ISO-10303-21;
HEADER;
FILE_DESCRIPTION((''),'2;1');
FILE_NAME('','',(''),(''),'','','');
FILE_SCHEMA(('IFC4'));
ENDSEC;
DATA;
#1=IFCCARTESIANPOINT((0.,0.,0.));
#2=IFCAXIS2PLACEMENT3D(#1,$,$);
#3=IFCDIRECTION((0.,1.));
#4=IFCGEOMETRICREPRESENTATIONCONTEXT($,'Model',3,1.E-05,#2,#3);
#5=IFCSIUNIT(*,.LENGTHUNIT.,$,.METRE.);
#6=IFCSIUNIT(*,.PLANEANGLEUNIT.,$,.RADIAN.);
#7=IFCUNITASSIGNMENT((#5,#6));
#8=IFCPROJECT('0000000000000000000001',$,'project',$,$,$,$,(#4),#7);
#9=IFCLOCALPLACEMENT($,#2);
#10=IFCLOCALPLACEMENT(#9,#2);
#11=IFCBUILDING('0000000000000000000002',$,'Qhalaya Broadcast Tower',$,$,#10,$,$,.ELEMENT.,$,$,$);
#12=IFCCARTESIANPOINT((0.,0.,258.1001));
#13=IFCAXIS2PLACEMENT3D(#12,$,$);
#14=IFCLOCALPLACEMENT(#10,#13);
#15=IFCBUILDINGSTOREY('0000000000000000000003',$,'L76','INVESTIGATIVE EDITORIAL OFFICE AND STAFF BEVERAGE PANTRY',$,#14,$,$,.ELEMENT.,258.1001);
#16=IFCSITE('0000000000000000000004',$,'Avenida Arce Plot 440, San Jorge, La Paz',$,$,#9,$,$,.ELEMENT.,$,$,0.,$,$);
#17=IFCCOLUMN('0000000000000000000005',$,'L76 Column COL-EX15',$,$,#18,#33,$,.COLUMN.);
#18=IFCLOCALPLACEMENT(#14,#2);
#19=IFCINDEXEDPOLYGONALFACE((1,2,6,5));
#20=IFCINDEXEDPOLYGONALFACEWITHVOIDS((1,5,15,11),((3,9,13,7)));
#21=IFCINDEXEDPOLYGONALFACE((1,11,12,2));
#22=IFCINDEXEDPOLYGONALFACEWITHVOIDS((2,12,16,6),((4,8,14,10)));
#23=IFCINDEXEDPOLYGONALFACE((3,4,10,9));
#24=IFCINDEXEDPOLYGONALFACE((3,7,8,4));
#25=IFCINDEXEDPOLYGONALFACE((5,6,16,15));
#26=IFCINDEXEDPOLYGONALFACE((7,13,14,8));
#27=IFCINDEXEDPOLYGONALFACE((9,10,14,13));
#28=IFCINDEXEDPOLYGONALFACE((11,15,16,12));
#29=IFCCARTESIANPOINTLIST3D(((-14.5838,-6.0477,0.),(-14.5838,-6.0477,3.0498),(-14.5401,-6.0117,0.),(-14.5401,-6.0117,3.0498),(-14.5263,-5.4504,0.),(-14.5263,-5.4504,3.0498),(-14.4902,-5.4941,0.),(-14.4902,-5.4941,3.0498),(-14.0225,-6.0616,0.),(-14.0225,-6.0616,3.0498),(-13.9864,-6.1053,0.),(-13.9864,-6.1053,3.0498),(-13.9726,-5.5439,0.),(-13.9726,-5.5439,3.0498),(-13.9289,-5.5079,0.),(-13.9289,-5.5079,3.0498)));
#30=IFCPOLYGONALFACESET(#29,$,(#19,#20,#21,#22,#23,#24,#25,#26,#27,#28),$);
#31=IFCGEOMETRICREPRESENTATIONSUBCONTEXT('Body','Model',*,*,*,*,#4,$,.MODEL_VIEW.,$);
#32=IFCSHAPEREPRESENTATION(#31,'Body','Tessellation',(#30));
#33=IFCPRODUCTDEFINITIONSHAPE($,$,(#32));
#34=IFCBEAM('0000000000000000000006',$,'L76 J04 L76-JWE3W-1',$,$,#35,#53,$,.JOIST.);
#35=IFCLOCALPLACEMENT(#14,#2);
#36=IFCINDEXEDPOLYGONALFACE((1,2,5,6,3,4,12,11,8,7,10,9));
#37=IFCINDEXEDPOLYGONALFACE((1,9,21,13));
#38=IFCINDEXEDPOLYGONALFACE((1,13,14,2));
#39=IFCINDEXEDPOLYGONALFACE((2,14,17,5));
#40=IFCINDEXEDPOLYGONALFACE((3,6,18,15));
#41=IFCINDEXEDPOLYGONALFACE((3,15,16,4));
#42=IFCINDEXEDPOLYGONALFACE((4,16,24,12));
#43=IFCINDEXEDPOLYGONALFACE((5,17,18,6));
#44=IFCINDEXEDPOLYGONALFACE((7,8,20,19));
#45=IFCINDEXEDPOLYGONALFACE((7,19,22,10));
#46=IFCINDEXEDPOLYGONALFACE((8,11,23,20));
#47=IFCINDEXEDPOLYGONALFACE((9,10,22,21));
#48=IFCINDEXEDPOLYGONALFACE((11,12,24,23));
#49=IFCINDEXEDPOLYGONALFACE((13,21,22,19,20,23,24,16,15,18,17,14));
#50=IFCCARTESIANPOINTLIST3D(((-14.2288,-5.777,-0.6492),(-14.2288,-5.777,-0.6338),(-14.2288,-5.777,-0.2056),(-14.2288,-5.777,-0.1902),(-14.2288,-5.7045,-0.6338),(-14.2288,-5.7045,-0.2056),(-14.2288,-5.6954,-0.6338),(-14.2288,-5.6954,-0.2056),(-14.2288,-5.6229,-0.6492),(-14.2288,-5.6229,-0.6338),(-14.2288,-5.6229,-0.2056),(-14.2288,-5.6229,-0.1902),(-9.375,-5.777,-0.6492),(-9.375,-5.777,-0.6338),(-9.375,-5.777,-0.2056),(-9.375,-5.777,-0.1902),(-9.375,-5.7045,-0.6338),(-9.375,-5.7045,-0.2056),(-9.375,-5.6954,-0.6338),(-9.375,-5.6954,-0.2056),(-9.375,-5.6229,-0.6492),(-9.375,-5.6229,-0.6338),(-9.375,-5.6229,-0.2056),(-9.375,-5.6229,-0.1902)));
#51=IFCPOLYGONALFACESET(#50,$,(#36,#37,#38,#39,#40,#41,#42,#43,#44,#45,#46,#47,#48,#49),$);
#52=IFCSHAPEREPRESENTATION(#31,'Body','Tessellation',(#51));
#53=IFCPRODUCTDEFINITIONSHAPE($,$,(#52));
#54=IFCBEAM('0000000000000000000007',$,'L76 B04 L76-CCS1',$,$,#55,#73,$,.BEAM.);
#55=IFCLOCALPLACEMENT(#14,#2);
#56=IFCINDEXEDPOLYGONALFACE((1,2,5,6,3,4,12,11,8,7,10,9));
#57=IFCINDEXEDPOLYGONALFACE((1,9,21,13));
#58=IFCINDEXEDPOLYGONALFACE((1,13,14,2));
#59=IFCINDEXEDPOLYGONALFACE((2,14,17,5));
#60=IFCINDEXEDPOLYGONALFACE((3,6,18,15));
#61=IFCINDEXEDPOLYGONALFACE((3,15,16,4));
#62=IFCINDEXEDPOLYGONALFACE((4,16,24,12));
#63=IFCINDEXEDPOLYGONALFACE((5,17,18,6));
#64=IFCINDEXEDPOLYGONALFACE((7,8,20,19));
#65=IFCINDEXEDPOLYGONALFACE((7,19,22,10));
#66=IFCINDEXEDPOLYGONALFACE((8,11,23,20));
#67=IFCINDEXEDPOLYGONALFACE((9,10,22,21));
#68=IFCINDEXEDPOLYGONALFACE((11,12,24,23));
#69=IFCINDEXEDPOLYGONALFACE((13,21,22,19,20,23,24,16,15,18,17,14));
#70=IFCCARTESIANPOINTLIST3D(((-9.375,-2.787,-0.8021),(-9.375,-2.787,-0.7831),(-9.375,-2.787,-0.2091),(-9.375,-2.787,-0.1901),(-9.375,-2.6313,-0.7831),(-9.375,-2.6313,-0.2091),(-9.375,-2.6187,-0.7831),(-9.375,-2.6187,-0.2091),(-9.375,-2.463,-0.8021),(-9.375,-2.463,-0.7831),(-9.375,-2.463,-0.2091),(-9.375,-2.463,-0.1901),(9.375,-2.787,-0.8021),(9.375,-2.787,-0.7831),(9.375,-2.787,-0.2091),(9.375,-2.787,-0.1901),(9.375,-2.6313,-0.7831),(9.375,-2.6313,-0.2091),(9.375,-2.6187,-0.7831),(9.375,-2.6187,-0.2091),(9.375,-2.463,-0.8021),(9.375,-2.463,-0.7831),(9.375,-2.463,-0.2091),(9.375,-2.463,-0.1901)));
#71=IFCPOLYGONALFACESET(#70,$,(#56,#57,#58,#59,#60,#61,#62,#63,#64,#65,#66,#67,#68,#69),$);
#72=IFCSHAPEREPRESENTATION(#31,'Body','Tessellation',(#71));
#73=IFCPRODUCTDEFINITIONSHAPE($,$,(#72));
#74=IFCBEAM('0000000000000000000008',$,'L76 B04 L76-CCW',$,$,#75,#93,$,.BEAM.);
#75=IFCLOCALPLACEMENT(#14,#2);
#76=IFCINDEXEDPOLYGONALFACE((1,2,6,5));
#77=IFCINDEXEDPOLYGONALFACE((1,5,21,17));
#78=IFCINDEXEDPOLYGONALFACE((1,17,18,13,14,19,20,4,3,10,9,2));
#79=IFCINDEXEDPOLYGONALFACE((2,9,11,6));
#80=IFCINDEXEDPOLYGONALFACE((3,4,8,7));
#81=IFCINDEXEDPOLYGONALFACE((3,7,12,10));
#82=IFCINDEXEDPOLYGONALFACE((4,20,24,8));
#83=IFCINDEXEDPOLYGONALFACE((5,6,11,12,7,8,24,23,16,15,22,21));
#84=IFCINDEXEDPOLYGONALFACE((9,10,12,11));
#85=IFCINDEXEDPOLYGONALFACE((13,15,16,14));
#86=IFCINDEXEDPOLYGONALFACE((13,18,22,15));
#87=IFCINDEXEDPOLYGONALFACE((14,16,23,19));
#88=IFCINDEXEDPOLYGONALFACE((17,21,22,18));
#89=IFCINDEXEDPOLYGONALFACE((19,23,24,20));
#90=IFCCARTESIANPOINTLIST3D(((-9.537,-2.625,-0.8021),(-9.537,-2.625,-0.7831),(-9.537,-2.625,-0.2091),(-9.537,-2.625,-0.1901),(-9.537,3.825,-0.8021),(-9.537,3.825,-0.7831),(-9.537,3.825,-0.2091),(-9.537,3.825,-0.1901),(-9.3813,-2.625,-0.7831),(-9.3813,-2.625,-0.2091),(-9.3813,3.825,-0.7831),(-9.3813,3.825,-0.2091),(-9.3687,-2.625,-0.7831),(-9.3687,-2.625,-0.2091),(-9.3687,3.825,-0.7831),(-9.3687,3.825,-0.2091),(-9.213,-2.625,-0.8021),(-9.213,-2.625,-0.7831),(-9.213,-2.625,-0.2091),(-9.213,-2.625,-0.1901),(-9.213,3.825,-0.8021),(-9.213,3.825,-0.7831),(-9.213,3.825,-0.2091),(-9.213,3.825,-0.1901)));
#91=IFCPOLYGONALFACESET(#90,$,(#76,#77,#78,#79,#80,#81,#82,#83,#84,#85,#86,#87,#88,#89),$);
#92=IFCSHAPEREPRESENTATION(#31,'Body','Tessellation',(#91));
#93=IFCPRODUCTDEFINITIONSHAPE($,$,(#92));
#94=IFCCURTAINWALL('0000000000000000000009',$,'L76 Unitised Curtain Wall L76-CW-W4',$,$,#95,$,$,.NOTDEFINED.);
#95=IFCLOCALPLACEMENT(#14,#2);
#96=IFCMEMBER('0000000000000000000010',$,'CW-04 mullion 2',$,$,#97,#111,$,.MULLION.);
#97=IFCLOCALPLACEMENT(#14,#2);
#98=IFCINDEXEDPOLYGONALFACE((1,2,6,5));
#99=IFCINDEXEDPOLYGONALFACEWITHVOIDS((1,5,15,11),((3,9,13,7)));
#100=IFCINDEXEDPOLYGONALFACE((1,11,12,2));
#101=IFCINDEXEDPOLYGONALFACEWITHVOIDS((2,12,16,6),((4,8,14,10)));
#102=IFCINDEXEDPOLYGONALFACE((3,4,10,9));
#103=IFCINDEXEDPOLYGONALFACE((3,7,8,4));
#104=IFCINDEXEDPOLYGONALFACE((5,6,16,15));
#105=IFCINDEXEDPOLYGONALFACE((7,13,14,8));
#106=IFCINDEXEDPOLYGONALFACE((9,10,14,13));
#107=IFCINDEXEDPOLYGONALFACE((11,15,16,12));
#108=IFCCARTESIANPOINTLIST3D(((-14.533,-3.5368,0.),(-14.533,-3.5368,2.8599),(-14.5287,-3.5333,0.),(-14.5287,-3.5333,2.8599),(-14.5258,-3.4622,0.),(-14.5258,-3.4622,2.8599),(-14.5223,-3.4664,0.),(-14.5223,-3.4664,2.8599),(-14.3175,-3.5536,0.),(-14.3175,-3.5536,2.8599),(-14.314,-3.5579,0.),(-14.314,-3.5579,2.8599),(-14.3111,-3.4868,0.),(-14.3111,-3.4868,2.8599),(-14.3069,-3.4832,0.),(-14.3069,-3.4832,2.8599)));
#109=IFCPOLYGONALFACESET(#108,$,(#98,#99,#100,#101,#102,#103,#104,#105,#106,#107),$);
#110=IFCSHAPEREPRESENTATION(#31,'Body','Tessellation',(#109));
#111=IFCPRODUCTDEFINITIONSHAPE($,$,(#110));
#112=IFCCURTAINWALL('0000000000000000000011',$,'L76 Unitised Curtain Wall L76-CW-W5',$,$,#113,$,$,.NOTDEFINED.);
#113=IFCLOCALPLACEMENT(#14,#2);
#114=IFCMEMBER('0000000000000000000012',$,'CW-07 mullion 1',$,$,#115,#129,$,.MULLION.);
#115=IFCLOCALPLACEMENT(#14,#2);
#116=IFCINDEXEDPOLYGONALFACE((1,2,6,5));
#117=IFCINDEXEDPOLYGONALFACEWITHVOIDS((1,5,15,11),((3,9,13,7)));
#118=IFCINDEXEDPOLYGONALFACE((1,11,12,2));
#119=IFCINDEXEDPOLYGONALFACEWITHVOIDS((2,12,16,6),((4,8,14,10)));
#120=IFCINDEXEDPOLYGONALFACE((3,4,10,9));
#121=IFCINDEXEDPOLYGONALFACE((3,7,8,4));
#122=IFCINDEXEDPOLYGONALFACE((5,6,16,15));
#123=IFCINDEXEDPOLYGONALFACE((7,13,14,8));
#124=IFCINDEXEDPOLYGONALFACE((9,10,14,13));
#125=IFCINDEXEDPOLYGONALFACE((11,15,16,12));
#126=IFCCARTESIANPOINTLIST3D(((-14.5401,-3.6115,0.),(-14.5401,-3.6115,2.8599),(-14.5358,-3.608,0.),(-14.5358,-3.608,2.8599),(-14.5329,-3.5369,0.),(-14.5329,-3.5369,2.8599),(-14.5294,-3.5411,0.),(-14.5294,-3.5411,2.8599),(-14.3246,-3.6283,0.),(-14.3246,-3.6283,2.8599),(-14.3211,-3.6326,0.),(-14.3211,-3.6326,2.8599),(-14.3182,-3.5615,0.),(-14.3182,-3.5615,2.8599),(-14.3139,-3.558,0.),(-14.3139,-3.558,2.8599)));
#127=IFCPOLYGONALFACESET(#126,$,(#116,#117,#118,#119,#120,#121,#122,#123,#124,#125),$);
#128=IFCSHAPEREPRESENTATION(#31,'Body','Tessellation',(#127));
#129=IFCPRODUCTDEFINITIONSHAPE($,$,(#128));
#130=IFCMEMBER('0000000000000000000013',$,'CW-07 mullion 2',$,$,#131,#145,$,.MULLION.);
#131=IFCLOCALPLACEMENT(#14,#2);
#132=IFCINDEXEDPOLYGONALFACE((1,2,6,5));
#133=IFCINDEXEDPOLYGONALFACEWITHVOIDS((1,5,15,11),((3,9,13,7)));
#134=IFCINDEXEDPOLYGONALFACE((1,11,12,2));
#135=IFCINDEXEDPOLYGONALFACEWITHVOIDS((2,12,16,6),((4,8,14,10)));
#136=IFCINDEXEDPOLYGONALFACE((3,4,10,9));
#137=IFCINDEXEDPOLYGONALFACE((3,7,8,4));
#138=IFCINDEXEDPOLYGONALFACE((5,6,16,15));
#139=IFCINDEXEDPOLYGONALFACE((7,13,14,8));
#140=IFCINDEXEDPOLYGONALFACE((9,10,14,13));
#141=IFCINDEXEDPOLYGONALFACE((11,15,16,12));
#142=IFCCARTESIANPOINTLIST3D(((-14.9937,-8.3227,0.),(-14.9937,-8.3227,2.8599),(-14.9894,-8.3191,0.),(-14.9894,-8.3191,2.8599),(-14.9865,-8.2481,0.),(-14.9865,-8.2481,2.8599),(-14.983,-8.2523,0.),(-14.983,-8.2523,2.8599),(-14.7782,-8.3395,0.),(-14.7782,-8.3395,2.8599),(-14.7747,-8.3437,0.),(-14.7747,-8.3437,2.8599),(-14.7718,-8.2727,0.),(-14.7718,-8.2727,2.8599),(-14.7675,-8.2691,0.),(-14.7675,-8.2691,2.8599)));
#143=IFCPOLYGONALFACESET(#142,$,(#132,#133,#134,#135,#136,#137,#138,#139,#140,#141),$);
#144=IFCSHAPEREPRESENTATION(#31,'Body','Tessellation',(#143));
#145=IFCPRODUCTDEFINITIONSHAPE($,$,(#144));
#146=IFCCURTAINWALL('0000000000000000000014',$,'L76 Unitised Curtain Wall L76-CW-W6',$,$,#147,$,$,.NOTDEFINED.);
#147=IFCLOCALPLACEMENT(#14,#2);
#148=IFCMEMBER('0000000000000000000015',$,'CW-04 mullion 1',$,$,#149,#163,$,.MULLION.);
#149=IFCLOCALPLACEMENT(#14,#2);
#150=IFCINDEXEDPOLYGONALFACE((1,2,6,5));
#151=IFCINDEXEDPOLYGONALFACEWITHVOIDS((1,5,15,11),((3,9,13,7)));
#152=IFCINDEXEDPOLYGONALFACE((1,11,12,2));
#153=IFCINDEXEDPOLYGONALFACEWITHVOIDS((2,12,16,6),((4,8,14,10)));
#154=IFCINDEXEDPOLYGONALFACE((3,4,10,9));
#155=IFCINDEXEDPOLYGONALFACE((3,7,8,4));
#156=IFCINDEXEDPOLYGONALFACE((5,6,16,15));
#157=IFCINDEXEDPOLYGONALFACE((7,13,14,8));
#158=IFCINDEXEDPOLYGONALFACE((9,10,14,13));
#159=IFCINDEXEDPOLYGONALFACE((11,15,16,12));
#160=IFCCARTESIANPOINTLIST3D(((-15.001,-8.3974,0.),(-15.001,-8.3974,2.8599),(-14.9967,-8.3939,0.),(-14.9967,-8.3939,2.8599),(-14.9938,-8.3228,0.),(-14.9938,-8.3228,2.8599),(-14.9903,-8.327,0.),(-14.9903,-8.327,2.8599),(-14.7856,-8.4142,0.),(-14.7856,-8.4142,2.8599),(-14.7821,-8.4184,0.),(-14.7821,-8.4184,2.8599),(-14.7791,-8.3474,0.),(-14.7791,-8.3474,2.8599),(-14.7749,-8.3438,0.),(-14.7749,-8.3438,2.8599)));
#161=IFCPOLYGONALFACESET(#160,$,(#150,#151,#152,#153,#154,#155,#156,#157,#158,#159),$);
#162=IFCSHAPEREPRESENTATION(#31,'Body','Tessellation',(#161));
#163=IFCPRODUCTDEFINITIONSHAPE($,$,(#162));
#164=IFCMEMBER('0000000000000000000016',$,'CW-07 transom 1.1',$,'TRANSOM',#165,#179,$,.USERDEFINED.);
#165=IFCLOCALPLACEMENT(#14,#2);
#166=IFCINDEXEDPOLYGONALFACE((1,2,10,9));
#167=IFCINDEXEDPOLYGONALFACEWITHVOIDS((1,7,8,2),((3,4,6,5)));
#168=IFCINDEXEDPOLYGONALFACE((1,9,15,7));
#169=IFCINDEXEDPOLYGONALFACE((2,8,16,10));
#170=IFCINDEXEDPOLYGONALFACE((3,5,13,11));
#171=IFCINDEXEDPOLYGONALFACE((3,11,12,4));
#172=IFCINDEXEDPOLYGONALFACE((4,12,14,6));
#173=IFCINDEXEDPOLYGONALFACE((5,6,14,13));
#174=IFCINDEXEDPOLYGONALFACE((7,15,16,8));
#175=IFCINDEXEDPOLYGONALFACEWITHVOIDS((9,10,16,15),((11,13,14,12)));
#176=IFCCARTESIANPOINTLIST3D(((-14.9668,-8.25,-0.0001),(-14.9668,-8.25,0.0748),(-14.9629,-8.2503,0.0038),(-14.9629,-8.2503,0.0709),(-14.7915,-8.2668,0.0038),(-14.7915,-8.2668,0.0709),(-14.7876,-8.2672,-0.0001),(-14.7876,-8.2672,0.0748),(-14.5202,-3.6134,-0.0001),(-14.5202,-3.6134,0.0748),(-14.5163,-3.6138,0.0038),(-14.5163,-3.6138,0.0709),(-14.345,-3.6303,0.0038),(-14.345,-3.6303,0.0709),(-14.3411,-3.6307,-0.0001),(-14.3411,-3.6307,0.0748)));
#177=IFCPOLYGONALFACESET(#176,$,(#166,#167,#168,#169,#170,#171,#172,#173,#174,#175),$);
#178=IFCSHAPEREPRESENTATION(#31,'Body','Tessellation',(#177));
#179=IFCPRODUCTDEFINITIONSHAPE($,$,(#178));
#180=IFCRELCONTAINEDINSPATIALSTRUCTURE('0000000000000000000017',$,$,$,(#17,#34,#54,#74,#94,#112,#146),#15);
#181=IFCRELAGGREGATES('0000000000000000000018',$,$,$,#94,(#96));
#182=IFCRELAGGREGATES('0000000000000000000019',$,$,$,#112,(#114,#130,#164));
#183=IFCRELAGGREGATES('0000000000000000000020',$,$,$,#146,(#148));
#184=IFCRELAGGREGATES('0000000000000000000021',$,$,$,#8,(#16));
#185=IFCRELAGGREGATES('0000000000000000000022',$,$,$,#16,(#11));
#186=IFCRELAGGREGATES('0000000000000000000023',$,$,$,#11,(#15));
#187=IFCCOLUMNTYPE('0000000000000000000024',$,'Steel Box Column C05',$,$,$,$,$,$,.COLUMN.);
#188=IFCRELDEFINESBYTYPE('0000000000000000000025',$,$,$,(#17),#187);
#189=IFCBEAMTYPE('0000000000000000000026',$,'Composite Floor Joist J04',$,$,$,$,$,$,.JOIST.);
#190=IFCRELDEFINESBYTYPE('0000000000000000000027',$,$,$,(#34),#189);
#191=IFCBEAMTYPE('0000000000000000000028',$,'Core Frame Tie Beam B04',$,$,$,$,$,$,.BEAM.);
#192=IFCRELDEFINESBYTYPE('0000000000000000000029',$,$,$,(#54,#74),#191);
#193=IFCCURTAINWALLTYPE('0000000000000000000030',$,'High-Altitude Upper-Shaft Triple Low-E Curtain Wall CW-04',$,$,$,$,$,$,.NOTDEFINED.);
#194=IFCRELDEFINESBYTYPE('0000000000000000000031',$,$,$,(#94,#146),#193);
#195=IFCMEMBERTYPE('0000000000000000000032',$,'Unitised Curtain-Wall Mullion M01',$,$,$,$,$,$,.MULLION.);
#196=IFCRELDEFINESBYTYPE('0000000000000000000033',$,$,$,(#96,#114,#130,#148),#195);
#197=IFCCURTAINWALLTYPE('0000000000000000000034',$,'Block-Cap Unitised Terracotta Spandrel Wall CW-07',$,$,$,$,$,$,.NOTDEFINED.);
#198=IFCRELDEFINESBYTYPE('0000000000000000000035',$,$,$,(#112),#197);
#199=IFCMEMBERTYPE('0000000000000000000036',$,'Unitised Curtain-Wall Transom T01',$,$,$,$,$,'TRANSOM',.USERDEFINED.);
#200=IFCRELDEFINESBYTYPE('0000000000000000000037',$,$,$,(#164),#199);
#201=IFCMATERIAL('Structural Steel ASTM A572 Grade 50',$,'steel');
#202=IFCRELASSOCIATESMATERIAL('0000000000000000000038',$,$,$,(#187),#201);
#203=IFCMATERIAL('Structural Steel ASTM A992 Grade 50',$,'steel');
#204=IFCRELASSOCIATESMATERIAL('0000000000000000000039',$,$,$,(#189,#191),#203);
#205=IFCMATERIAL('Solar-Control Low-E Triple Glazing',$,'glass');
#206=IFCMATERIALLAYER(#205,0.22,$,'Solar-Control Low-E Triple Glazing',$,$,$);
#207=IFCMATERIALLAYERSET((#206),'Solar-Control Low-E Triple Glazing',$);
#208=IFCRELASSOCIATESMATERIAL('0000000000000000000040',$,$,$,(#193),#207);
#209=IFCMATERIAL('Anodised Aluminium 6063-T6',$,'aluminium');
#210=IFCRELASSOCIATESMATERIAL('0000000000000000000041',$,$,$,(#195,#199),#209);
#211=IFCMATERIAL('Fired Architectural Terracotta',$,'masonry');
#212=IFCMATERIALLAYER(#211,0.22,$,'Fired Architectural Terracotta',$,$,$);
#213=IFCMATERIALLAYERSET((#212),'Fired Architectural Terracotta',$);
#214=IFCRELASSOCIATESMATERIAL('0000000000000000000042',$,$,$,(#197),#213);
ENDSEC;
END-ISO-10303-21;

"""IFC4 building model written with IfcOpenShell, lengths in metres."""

from ifc_helpers import new_model, si_unit, direction, frame, origin, origin_2d, place, context, subcontext, project, spatial, hollow_rectangle, i_section, extrude, material, layer, layer_set, material_profile, profile_set, type_object, element, aggregate, save


model = new_model("IFC4")

# Units and contexts
model_context = context("Model", 3, precision=1e-05, world=origin(), true_north=direction((0.0, 1.0)))
body_context = subcontext(model_context, "Body", "Model", "MODEL_VIEW")
ifc_project = project(units=[si_unit("LENGTHUNIT", "METRE"), si_unit("PLANEANGLEUNIT", "RADIAN")], contexts=[model_context])

# Site, building, storey
site_placement = place(None, origin())
site = spatial("IfcSite", under=ifc_project, at=site_placement, Name="Avenida Arce Plot 440, San Jorge, La Paz", CompositionType="ELEMENT", RefElevation=0.0)
building_placement = place(site_placement, origin())
building = spatial("IfcBuilding", under=site, at=building_placement, Name="Qhalaya Broadcast Tower", CompositionType="ELEMENT")
storey_placement = place(building_placement, frame((0.0, 0.0, 258.1001)))
storey = spatial("IfcBuildingStorey", under=building, at=storey_placement, Name="L76", Description="INVESTIGATIVE EDITORIAL OFFICE AND STAFF BEVERAGE PANTRY", CompositionType="ELEMENT", Elevation=258.1001)

# Column
ifc_material_1 = material(Name="Structural Steel ASTM A572 Grade 50", Category="steel")
ifc_material_profile_1 = material_profile(ifc_material_1, hollow_rectangle(XDim=0.6001, YDim=0.6001, WallThickness=0.04, at=origin_2d()), Name="BOX 600x600x40")
ifc_profile_set_1 = profile_set([ifc_material_profile_1], Name="Structural Steel ASTM A572 Grade 50")
column_type = type_object("IfcColumnType", Name="Steel Box Column C05", PredefinedType="COLUMN", material=ifc_profile_set_1)
column_placement = place(storey_placement, frame((-14.2563, -5.7778, 0.0), z_axis=(0.0, 0.0, 1.0), x_axis=(0.095846, 0.995396, 0.0)))
element("IfcColumn", 1, at=column_placement, inside=storey, type_object=column_type, Name="L76 Column COL-EX15", PredefinedType="COLUMN", context=body_context, shape_type="SweptSolid", body=[
    extrude(hollow_rectangle(XDim=0.6001, YDim=0.6001, WallThickness=0.04, at=origin_2d()), origin(), (0.0, 0.0, 1.0), 3.0498),
])

# Beams
ifc_material_2 = material(Name="Structural Steel ASTM A992 Grade 50", Category="steel")
ifc_material_profile_2 = material_profile(ifc_material_2, i_section(OverallWidth=0.1541, OverallDepth=0.459, WebThickness=0.009, FlangeThickness=0.0154, at=origin_2d()), Name="W18X46")
ifc_profile_set_2 = profile_set([ifc_material_profile_2], Name="Structural Steel ASTM A992 Grade 50")
beam_type_1 = type_object("IfcBeamType", Name="Composite Floor Joist J04", PredefinedType="JOIST", material=ifc_profile_set_2)
beam_1_placement = place(storey_placement, frame((-14.2288, -5.7, -0.4197), z_axis=(1.0, 0.0, 0.0), x_axis=(0.0, 1.0, 0.0)))
element("IfcBeam", 2, at=beam_1_placement, inside=storey, type_object=beam_type_1, Name="L76 J04 L76-JWE3W-1", PredefinedType="JOIST", context=body_context, shape_type="SweptSolid", body=[
    extrude(i_section(OverallWidth=0.1541, OverallDepth=0.459, WebThickness=0.009, FlangeThickness=0.0154, at=origin_2d()), origin(), (0.0, 0.0, 1.0), 4.8538),
])
ifc_material_profile_3 = material_profile(ifc_material_2, i_section(OverallWidth=0.324, OverallDepth=0.6121, WebThickness=0.0127, FlangeThickness=0.019, at=origin_2d()), Name="W24X104")
ifc_profile_set_3 = profile_set([ifc_material_profile_3], Name="Structural Steel ASTM A992 Grade 50")
beam_type_2 = type_object("IfcBeamType", Name="Core Frame Tie Beam B04", PredefinedType="BEAM", material=ifc_profile_set_3)
beam_2_placement = place(storey_placement, frame((-9.375, -2.625, -0.4961), z_axis=(1.0, 0.0, 0.0), x_axis=(0.0, 1.0, 0.0)))
element("IfcBeam", 3, at=beam_2_placement, inside=storey, type_object=beam_type_2, Name="L76 B04 L76-CCS1", PredefinedType="BEAM", context=body_context, shape_type="SweptSolid", body=[
    extrude(i_section(OverallWidth=0.324, OverallDepth=0.6121, WebThickness=0.0127, FlangeThickness=0.019, at=origin_2d()), origin(), (0.0, 0.0, 1.0), 18.75),
])
beam_3_placement = place(storey_placement, frame((-9.375, -2.625, -0.4961), z_axis=(0.0, 1.0, 0.0), x_axis=(-1.0, 0.0, 0.0)))
element("IfcBeam", 4, at=beam_3_placement, inside=storey, type_object=beam_type_2, Name="L76 B04 L76-CCW", PredefinedType="BEAM", context=body_context, shape_type="SweptSolid", body=[
    extrude(i_section(OverallWidth=0.324, OverallDepth=0.6121, WebThickness=0.0127, FlangeThickness=0.019, at=origin_2d()), origin(), (0.0, 0.0, 1.0), 6.45),
])

# Curtain wall, member
ifc_material_3 = material(Name="Solar-Control Low-E Triple Glazing", Category="glass")
ifc_layer_1 = layer(ifc_material_3, 0.22, Name="Solar-Control Low-E Triple Glazing")
ifc_layer_set_1 = layer_set([ifc_layer_1], Name="Solar-Control Low-E Triple Glazing")
curtain_wall_type_1 = type_object("IfcCurtainWallType", Name="High-Altitude Upper-Shaft Triple Low-E Curtain Wall CW-04", PredefinedType="NOTDEFINED", material=ifc_layer_set_1)
curtain_wall_1_placement = place(storey_placement, origin())
curtain_wall_1 = element("IfcCurtainWall", 5, at=curtain_wall_1_placement, inside=storey, type_object=curtain_wall_type_1, Name="L76 Unitised Curtain Wall L76-CW-W4", PredefinedType="NOTDEFINED")
ifc_material_4 = material(Name="Anodised Aluminium 6063-T6", Category="aluminium")
ifc_material_profile_4 = material_profile(ifc_material_4, hollow_rectangle(XDim=0.075, YDim=0.22, WallThickness=0.0039, at=origin_2d()), Name="ALU-MUL 75x220x4")
ifc_profile_set_4 = profile_set([ifc_material_profile_4], Name="Anodised Aluminium 6063-T6")
member_type_1 = type_object("IfcMemberType", Name="Unitised Curtain-Wall Mullion M01", PredefinedType="MULLION", material=ifc_profile_set_4)
member_1_placement = place(storey_placement, frame((-14.4199, -3.51, 0.0), z_axis=(0.0, 0.0, 1.0), x_axis=(-0.095835, -0.995397, 0.0)))
member_1 = element("IfcMember", 6, at=member_1_placement, type_object=member_type_1, Name="CW-04 mullion 2", PredefinedType="MULLION", context=body_context, shape_type="SweptSolid", body=[
    extrude(hollow_rectangle(XDim=0.075, YDim=0.22, WallThickness=0.0039, at=origin_2d()), origin(), (0.0, 0.0, 1.0), 2.8599),
])
aggregate(curtain_wall_1, [member_1])

# Curtain wall, members
ifc_material_5 = material(Name="Fired Architectural Terracotta", Category="masonry")
ifc_layer_2 = layer(ifc_material_5, 0.22, Name="Fired Architectural Terracotta")
ifc_layer_set_2 = layer_set([ifc_layer_2], Name="Fired Architectural Terracotta")
curtain_wall_type_2 = type_object("IfcCurtainWallType", Name="Block-Cap Unitised Terracotta Spandrel Wall CW-07", PredefinedType="NOTDEFINED", material=ifc_layer_set_2)
curtain_wall_2_placement = place(storey_placement, origin())
curtain_wall_2 = element("IfcCurtainWall", 7, at=curtain_wall_2_placement, inside=storey, type_object=curtain_wall_type_2, Name="L76 Unitised Curtain Wall L76-CW-W5", PredefinedType="NOTDEFINED")
member_2_placement = place(storey_placement, frame((-14.427, -3.5847, 0.0), z_axis=(0.0, 0.0, 1.0), x_axis=(-0.09586, -0.995395, 0.0)))
member_2 = element("IfcMember", 8, at=member_2_placement, type_object=member_type_1, Name="CW-07 mullion 1", PredefinedType="MULLION", context=body_context, shape_type="SweptSolid", body=[
    extrude(hollow_rectangle(XDim=0.075, YDim=0.22, WallThickness=0.0039, at=origin_2d()), origin(), (0.0, 0.0, 1.0), 2.8599),
])
member_3_placement = place(storey_placement, frame((-14.8806, -8.2959, 0.0), z_axis=(0.0, 0.0, 1.0), x_axis=(-0.09586, -0.995395, 0.0)))
member_3 = element("IfcMember", 9, at=member_3_placement, type_object=member_type_1, Name="CW-07 mullion 2", PredefinedType="MULLION", context=body_context, shape_type="SweptSolid", body=[
    extrude(hollow_rectangle(XDim=0.075, YDim=0.22, WallThickness=0.0039, at=origin_2d()), origin(), (0.0, 0.0, 1.0), 2.8599),
])

# Curtain wall, member
curtain_wall_3_placement = place(storey_placement, origin())
curtain_wall_3 = element("IfcCurtainWall", 10, at=curtain_wall_3_placement, inside=storey, type_object=curtain_wall_type_1, Name="L76 Unitised Curtain Wall L76-CW-W6", PredefinedType="NOTDEFINED")
member_4_placement = place(storey_placement, frame((-14.8879, -8.3706, 0.0), z_axis=(0.0, 0.0, 1.0), x_axis=(-0.095839, -0.995397, 0.0)))
member_4 = element("IfcMember", 11, at=member_4_placement, type_object=member_type_1, Name="CW-04 mullion 1", PredefinedType="MULLION", context=body_context, shape_type="SweptSolid", body=[
    extrude(hollow_rectangle(XDim=0.075, YDim=0.22, WallThickness=0.0039, at=origin_2d()), origin(), (0.0, 0.0, 1.0), 2.8599),
])

# Member
ifc_material_profile_5 = material_profile(ifc_material_4, hollow_rectangle(XDim=0.075, YDim=0.1799, WallThickness=0.0039, at=origin_2d()), Name="ALU-TRN 75x180x4")
ifc_profile_set_5 = profile_set([ifc_material_profile_5], Name="Anodised Aluminium 6063-T6")
member_type_2 = type_object("IfcMemberType", Name="Unitised Curtain-Wall Transom T01", ElementType="TRANSOM", PredefinedType="USERDEFINED", material=ifc_profile_set_5)
member_5_placement = place(storey_placement, frame((-14.4307, -3.6221, 0.0374), z_axis=(-0.095865, -0.995394, 0.0), x_axis=(0.0, 0.0, 1.0)))
member_5 = element("IfcMember", 12, at=member_5_placement, type_object=member_type_2, Name="CW-07 transom 1.1", ObjectType="TRANSOM", PredefinedType="USERDEFINED", context=body_context, shape_type="SweptSolid", body=[
    extrude(hollow_rectangle(XDim=0.075, YDim=0.1799, WallThickness=0.0039, at=origin_2d()), origin(), (0.0, 0.0, 1.0), 4.658),
])

aggregate(curtain_wall_2, [member_2, member_3, member_5])
aggregate(curtain_wall_3, [member_4])

save(model, "model.ifc")
